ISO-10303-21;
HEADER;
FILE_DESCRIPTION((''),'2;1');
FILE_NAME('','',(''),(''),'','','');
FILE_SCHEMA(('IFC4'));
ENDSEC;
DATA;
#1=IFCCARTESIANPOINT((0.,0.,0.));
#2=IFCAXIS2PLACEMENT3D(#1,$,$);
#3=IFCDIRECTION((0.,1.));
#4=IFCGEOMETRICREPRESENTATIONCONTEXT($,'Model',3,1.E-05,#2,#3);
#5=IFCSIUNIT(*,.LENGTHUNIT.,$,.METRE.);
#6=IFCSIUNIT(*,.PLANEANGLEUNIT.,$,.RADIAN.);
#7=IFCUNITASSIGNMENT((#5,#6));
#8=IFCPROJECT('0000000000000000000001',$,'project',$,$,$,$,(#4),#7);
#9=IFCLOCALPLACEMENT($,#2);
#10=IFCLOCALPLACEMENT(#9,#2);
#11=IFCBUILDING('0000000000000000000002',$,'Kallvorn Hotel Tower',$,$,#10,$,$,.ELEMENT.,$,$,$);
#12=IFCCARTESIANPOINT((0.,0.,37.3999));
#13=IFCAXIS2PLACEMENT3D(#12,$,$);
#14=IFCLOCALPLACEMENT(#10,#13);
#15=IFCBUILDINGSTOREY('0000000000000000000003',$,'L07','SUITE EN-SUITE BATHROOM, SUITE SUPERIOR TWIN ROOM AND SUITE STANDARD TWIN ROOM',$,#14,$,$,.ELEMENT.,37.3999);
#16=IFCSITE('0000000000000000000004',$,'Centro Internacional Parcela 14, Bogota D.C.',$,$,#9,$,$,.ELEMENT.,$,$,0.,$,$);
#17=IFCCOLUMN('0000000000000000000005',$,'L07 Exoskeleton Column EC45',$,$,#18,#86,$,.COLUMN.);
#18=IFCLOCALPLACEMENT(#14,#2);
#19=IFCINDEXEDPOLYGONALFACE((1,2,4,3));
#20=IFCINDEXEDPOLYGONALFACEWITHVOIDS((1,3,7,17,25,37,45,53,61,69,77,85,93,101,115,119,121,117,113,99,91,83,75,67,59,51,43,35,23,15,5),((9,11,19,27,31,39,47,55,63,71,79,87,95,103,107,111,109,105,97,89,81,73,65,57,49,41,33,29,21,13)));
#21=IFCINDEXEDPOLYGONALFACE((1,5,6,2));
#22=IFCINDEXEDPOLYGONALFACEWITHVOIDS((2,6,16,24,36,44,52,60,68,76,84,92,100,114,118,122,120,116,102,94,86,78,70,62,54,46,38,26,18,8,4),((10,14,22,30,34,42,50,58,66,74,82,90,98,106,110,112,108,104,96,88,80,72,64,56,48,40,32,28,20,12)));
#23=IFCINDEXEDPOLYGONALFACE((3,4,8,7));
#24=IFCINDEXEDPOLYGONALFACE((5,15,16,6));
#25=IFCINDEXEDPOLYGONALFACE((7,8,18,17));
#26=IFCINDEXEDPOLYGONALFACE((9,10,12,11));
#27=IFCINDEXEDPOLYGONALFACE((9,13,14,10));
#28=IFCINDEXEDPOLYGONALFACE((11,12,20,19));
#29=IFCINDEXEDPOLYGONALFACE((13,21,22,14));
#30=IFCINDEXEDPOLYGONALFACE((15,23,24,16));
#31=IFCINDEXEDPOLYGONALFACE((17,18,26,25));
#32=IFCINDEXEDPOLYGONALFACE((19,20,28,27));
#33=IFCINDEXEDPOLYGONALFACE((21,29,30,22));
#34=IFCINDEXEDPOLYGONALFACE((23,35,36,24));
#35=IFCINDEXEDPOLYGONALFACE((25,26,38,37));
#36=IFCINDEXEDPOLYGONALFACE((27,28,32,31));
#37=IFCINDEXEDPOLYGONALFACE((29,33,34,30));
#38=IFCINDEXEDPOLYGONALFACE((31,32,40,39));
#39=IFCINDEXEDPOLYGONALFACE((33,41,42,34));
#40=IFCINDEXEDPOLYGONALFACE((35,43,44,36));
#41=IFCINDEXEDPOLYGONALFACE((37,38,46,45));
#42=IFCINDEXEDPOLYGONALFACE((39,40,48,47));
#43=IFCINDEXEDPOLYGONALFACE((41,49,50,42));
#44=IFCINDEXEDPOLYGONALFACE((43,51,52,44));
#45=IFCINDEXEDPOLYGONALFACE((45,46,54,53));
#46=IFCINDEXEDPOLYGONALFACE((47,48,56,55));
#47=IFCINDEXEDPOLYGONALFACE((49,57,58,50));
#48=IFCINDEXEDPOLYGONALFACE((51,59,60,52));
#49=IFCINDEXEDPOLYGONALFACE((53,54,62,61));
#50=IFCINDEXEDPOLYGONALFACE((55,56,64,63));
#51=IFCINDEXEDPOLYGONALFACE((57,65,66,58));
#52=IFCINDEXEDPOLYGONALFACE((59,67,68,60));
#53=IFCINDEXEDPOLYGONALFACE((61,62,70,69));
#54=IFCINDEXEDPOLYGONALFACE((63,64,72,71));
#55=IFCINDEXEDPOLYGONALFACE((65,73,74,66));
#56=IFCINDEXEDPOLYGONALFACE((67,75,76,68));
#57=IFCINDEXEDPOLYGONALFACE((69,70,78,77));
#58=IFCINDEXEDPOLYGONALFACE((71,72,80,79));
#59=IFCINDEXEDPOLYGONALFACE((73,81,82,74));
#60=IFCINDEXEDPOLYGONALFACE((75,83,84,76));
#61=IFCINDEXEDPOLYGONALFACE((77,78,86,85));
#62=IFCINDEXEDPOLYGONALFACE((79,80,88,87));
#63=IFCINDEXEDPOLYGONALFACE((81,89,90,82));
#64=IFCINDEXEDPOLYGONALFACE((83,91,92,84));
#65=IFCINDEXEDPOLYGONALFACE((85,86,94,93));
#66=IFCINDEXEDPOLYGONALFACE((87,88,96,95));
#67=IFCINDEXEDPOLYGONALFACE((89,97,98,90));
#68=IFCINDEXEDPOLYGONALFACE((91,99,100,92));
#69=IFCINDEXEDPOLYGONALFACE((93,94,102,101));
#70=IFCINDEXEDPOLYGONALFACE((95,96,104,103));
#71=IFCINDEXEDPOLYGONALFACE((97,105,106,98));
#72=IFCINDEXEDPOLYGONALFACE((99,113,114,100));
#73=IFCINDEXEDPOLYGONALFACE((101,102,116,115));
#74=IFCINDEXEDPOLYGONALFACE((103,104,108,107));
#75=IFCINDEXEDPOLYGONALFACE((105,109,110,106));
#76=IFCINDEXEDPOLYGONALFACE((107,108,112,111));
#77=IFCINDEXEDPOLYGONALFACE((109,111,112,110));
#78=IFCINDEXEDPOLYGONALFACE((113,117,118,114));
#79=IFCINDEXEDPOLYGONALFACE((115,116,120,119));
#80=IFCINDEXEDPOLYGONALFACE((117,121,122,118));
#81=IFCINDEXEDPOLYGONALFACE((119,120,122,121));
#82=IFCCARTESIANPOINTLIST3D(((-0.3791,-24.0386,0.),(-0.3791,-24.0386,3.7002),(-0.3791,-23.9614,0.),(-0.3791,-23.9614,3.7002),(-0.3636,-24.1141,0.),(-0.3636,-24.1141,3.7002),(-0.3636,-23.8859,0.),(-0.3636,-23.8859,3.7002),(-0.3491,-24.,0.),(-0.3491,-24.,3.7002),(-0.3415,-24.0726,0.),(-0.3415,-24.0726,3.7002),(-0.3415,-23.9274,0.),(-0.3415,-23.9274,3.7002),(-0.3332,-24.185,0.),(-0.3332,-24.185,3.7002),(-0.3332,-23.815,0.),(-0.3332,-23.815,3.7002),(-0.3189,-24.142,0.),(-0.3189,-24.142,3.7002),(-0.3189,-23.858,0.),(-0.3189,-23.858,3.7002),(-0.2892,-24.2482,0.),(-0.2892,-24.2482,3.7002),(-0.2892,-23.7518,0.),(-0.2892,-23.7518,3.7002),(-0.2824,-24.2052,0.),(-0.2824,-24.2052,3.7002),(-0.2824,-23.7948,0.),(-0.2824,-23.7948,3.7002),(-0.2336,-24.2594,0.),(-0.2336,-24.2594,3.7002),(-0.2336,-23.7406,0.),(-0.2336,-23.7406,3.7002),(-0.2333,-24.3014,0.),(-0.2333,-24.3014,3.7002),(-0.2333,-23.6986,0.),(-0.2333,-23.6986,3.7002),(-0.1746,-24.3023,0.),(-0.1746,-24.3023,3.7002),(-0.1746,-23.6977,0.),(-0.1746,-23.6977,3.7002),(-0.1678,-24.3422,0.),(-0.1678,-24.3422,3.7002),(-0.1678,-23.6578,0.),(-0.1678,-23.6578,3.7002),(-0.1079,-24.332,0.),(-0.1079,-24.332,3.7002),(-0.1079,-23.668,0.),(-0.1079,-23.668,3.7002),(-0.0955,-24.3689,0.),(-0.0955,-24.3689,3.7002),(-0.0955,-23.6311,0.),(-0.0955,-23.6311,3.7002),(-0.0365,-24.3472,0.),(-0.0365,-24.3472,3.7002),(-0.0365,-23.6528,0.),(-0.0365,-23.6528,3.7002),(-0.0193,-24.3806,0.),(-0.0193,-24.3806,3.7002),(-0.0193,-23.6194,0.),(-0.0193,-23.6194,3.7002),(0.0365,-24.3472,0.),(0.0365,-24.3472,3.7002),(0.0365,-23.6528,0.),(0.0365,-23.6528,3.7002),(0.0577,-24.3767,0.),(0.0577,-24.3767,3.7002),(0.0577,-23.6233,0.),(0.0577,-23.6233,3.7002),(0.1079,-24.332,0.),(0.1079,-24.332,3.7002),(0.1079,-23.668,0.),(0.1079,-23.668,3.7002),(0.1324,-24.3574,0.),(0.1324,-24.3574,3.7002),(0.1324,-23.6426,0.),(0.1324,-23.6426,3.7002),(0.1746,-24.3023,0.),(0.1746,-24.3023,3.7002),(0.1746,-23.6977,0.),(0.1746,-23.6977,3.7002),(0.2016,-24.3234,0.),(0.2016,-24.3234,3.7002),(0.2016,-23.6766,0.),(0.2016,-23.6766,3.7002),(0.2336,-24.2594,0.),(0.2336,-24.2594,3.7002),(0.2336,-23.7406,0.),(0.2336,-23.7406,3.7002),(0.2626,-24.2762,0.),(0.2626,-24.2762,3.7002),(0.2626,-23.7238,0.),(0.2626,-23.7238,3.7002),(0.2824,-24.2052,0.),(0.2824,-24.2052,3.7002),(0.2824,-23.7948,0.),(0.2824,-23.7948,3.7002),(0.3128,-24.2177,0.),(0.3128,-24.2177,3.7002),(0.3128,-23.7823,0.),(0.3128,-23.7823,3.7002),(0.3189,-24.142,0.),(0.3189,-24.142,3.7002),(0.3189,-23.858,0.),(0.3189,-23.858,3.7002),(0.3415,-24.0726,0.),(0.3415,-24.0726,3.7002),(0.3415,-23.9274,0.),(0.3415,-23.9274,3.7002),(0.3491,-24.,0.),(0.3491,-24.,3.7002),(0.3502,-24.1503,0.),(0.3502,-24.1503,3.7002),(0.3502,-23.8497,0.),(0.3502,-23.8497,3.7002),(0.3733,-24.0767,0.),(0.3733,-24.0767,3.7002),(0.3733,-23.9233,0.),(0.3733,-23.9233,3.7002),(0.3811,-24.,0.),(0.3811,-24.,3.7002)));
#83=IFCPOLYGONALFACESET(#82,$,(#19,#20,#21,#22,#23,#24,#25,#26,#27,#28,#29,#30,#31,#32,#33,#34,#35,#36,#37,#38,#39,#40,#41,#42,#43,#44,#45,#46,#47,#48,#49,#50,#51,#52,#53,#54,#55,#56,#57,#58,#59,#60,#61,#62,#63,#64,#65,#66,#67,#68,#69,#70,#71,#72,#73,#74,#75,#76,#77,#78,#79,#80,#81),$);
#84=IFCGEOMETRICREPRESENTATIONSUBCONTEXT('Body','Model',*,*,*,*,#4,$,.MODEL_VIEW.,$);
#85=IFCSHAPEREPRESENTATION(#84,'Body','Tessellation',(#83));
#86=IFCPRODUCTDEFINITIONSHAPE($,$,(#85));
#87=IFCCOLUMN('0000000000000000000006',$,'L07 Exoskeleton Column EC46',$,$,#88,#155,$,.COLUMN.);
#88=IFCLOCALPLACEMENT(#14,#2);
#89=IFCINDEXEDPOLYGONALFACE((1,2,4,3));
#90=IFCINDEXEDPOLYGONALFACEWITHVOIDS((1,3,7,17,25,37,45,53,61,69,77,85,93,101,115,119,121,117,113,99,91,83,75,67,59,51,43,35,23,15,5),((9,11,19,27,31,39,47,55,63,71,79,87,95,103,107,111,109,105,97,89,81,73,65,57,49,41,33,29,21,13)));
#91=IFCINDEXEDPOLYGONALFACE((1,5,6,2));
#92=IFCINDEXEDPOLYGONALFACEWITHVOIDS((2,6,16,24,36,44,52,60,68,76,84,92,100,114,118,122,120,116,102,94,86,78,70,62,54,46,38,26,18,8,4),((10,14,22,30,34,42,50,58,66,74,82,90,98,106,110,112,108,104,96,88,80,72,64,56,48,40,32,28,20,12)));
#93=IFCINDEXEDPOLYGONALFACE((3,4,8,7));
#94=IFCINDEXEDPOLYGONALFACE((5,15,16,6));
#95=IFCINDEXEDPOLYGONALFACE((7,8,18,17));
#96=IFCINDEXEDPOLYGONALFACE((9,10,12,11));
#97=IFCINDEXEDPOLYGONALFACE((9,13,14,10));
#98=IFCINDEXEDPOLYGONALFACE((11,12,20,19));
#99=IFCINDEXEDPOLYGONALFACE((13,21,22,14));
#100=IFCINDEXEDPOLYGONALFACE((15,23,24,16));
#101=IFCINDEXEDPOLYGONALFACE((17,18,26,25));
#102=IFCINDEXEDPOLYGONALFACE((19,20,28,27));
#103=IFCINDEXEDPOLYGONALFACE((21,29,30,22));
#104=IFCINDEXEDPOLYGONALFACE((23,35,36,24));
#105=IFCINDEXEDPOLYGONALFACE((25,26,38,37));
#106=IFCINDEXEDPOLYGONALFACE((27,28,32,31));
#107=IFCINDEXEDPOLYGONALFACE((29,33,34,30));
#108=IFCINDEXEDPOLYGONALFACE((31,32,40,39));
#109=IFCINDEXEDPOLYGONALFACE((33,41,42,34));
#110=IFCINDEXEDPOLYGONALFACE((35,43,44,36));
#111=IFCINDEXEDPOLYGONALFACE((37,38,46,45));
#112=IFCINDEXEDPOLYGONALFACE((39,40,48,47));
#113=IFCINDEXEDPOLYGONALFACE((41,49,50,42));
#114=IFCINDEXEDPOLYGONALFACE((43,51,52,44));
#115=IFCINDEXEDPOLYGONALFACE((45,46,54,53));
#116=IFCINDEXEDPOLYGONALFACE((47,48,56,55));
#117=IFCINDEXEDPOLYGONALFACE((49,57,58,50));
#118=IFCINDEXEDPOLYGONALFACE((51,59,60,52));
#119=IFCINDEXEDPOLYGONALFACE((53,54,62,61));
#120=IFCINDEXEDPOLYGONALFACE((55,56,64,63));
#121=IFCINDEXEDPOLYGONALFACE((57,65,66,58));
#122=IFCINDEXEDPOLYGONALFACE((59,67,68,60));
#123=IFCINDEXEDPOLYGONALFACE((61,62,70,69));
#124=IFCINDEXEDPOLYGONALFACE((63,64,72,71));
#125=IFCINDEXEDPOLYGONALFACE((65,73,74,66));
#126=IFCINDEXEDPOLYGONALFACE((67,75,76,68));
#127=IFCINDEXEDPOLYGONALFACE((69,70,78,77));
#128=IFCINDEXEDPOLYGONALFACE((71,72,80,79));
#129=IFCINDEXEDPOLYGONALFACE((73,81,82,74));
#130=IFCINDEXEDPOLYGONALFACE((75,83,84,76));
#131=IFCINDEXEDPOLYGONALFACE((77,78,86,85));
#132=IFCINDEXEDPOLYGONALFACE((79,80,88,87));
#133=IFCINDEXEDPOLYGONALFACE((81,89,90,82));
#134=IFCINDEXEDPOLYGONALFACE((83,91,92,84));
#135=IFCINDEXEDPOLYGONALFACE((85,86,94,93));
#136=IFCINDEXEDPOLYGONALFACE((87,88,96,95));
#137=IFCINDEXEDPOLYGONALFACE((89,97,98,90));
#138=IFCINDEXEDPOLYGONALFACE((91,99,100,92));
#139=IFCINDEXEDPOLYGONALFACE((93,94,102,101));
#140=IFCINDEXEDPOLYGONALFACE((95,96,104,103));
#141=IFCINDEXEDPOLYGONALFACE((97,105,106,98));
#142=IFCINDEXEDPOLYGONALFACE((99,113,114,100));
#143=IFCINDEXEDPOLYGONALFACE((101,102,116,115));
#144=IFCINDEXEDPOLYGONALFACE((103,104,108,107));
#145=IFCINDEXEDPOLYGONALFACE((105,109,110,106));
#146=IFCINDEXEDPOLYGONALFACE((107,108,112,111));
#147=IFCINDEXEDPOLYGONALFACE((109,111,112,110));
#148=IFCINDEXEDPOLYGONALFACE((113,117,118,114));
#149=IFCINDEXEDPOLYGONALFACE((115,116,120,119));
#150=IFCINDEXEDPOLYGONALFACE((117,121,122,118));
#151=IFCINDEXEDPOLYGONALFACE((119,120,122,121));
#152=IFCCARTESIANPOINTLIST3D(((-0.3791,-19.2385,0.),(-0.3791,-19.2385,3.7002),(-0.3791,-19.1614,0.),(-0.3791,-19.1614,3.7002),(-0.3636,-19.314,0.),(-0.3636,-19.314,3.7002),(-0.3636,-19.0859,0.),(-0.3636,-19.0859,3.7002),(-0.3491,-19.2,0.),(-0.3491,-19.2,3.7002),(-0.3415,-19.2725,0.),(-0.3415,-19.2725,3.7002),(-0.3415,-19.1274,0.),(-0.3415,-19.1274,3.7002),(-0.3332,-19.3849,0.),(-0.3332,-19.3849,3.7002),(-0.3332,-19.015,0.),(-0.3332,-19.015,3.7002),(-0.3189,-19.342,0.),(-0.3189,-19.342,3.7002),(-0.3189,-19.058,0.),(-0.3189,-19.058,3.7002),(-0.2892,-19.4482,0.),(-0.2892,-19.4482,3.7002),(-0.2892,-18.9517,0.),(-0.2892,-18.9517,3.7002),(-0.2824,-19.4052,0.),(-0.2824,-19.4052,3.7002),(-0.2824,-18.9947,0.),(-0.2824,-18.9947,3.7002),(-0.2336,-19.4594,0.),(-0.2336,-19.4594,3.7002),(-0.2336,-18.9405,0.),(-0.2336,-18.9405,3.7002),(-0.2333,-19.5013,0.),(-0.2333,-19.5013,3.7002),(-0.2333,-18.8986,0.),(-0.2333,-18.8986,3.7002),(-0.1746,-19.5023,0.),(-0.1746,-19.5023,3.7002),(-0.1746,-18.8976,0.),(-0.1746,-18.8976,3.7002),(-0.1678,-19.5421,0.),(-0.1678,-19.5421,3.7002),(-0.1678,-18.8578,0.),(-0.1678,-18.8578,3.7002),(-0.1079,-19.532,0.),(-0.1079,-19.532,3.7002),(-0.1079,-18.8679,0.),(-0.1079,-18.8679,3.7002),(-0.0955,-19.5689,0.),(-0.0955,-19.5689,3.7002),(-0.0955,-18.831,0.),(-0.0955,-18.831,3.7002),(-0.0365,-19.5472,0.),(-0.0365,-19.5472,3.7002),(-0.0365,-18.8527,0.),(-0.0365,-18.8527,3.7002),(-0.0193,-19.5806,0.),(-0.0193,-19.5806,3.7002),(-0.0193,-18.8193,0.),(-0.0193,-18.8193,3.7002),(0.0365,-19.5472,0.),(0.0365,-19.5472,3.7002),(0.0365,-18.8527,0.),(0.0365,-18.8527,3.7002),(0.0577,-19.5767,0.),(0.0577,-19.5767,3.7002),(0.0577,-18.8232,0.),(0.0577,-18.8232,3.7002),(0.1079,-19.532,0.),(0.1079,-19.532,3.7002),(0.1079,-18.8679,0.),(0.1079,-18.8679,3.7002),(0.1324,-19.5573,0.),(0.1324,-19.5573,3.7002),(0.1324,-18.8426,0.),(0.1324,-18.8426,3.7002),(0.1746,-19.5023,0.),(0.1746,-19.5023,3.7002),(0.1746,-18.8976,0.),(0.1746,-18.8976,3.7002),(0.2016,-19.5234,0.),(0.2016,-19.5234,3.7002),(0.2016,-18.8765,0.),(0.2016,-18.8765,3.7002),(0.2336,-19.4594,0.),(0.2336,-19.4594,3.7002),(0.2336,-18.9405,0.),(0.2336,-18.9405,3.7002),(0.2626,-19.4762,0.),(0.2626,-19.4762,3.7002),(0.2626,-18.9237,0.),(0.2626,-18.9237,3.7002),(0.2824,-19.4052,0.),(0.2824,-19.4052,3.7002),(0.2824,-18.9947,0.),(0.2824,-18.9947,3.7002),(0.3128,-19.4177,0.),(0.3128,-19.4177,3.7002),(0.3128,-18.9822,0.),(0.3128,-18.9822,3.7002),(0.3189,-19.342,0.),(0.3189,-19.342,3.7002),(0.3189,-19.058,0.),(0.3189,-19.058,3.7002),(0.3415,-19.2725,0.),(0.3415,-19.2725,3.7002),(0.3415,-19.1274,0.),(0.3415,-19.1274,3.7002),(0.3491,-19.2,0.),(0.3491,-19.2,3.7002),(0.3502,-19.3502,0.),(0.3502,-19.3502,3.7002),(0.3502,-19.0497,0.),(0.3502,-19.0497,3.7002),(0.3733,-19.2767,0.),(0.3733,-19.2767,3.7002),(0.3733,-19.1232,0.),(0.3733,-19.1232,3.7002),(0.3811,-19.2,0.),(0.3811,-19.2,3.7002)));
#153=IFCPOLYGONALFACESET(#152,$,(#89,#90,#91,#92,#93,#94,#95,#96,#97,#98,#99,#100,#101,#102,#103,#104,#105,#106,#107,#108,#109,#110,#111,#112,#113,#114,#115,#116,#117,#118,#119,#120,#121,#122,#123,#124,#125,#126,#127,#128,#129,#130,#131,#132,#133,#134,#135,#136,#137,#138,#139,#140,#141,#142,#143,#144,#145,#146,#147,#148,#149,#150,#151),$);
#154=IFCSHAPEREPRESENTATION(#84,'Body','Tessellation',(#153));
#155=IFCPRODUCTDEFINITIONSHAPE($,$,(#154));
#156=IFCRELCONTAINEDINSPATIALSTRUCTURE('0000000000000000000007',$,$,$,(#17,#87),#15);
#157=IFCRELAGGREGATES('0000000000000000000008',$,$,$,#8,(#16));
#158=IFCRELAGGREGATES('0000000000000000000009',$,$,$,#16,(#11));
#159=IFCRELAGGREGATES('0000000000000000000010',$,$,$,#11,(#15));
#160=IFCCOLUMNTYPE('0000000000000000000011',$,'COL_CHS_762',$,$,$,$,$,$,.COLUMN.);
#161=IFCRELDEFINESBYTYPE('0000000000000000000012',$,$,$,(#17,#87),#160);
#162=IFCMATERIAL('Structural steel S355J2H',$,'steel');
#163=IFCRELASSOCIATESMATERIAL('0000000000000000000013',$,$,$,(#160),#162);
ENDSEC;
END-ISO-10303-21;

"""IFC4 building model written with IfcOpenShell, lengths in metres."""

from ifc_helpers import new_model, si_unit, direction, frame, origin, origin_2d, place, context, subcontext, project, spatial, hollow_circle, extrude, material, material_profile, profile_set, type_object, element, save


model = new_model("IFC4")

# Units and contexts
model_context = context("Model", 3, precision=1e-05, world=origin(), true_north=direction((0.0, 1.0)))
body_context = subcontext(model_context, "Body", "Model", "MODEL_VIEW")
ifc_project = project(units=[si_unit("LENGTHUNIT", "METRE"), si_unit("PLANEANGLEUNIT", "RADIAN")], contexts=[model_context])

# Site, building, storey
site_placement = place(None, origin())
site = spatial("IfcSite", under=ifc_project, at=site_placement, Name="Centro Internacional Parcela 14, Bogota D.C.", CompositionType="ELEMENT", RefElevation=0.0)
building_placement = place(site_placement, origin())
building = spatial("IfcBuilding", under=site, at=building_placement, Name="Kallvorn Hotel Tower", CompositionType="ELEMENT")
storey_placement = place(building_placement, frame((0.0, 0.0, 37.3999)))
storey = spatial("IfcBuildingStorey", under=building, at=storey_placement, Name="L07", Description="SUITE EN-SUITE BATHROOM, SUITE SUPERIOR TWIN ROOM AND SUITE STANDARD TWIN ROOM", CompositionType="ELEMENT", Elevation=37.3999)

# Columns
ifc_material_1 = material(Name="Structural steel S355J2H", Category="steel")
ifc_material_profile_1 = material_profile(ifc_material_1, hollow_circle(Radius=0.3811, WallThickness=0.032, at=origin_2d()), Name="CHS 762x32")
ifc_profile_set_1 = profile_set([ifc_material_profile_1], Name="Structural steel S355J2H")
column_type_1 = type_object("IfcColumnType", Name="COL_CHS_762", PredefinedType="COLUMN", material=ifc_profile_set_1)
for number, where, z_axis, x_axis, name in (
    (1, (0.0, -24.0, 0.0), (0.0, 0.0, 1.0), (1.0, 0.0, 0.0), "L07 Exoskeleton Column EC45"),
    (2, (0.0, -19.2, 0.0), (0.0, 0.0, 1.0), (1.0, 0.0, 0.0), "L07 Exoskeleton Column EC46"),
):
    element("IfcColumn", number, at=place(storey_placement, frame(where, z_axis=z_axis, x_axis=x_axis)), inside=storey, type_object=column_type_1, Name=name, PredefinedType="COLUMN", context=body_context, shape_type="SweptSolid", body=[
        extrude(hollow_circle(Radius=0.3811, WallThickness=0.032, at=origin_2d()), origin(), (0.0, 0.0, 1.0), 3.7002),
    ])

save(model, "model.ifc")
